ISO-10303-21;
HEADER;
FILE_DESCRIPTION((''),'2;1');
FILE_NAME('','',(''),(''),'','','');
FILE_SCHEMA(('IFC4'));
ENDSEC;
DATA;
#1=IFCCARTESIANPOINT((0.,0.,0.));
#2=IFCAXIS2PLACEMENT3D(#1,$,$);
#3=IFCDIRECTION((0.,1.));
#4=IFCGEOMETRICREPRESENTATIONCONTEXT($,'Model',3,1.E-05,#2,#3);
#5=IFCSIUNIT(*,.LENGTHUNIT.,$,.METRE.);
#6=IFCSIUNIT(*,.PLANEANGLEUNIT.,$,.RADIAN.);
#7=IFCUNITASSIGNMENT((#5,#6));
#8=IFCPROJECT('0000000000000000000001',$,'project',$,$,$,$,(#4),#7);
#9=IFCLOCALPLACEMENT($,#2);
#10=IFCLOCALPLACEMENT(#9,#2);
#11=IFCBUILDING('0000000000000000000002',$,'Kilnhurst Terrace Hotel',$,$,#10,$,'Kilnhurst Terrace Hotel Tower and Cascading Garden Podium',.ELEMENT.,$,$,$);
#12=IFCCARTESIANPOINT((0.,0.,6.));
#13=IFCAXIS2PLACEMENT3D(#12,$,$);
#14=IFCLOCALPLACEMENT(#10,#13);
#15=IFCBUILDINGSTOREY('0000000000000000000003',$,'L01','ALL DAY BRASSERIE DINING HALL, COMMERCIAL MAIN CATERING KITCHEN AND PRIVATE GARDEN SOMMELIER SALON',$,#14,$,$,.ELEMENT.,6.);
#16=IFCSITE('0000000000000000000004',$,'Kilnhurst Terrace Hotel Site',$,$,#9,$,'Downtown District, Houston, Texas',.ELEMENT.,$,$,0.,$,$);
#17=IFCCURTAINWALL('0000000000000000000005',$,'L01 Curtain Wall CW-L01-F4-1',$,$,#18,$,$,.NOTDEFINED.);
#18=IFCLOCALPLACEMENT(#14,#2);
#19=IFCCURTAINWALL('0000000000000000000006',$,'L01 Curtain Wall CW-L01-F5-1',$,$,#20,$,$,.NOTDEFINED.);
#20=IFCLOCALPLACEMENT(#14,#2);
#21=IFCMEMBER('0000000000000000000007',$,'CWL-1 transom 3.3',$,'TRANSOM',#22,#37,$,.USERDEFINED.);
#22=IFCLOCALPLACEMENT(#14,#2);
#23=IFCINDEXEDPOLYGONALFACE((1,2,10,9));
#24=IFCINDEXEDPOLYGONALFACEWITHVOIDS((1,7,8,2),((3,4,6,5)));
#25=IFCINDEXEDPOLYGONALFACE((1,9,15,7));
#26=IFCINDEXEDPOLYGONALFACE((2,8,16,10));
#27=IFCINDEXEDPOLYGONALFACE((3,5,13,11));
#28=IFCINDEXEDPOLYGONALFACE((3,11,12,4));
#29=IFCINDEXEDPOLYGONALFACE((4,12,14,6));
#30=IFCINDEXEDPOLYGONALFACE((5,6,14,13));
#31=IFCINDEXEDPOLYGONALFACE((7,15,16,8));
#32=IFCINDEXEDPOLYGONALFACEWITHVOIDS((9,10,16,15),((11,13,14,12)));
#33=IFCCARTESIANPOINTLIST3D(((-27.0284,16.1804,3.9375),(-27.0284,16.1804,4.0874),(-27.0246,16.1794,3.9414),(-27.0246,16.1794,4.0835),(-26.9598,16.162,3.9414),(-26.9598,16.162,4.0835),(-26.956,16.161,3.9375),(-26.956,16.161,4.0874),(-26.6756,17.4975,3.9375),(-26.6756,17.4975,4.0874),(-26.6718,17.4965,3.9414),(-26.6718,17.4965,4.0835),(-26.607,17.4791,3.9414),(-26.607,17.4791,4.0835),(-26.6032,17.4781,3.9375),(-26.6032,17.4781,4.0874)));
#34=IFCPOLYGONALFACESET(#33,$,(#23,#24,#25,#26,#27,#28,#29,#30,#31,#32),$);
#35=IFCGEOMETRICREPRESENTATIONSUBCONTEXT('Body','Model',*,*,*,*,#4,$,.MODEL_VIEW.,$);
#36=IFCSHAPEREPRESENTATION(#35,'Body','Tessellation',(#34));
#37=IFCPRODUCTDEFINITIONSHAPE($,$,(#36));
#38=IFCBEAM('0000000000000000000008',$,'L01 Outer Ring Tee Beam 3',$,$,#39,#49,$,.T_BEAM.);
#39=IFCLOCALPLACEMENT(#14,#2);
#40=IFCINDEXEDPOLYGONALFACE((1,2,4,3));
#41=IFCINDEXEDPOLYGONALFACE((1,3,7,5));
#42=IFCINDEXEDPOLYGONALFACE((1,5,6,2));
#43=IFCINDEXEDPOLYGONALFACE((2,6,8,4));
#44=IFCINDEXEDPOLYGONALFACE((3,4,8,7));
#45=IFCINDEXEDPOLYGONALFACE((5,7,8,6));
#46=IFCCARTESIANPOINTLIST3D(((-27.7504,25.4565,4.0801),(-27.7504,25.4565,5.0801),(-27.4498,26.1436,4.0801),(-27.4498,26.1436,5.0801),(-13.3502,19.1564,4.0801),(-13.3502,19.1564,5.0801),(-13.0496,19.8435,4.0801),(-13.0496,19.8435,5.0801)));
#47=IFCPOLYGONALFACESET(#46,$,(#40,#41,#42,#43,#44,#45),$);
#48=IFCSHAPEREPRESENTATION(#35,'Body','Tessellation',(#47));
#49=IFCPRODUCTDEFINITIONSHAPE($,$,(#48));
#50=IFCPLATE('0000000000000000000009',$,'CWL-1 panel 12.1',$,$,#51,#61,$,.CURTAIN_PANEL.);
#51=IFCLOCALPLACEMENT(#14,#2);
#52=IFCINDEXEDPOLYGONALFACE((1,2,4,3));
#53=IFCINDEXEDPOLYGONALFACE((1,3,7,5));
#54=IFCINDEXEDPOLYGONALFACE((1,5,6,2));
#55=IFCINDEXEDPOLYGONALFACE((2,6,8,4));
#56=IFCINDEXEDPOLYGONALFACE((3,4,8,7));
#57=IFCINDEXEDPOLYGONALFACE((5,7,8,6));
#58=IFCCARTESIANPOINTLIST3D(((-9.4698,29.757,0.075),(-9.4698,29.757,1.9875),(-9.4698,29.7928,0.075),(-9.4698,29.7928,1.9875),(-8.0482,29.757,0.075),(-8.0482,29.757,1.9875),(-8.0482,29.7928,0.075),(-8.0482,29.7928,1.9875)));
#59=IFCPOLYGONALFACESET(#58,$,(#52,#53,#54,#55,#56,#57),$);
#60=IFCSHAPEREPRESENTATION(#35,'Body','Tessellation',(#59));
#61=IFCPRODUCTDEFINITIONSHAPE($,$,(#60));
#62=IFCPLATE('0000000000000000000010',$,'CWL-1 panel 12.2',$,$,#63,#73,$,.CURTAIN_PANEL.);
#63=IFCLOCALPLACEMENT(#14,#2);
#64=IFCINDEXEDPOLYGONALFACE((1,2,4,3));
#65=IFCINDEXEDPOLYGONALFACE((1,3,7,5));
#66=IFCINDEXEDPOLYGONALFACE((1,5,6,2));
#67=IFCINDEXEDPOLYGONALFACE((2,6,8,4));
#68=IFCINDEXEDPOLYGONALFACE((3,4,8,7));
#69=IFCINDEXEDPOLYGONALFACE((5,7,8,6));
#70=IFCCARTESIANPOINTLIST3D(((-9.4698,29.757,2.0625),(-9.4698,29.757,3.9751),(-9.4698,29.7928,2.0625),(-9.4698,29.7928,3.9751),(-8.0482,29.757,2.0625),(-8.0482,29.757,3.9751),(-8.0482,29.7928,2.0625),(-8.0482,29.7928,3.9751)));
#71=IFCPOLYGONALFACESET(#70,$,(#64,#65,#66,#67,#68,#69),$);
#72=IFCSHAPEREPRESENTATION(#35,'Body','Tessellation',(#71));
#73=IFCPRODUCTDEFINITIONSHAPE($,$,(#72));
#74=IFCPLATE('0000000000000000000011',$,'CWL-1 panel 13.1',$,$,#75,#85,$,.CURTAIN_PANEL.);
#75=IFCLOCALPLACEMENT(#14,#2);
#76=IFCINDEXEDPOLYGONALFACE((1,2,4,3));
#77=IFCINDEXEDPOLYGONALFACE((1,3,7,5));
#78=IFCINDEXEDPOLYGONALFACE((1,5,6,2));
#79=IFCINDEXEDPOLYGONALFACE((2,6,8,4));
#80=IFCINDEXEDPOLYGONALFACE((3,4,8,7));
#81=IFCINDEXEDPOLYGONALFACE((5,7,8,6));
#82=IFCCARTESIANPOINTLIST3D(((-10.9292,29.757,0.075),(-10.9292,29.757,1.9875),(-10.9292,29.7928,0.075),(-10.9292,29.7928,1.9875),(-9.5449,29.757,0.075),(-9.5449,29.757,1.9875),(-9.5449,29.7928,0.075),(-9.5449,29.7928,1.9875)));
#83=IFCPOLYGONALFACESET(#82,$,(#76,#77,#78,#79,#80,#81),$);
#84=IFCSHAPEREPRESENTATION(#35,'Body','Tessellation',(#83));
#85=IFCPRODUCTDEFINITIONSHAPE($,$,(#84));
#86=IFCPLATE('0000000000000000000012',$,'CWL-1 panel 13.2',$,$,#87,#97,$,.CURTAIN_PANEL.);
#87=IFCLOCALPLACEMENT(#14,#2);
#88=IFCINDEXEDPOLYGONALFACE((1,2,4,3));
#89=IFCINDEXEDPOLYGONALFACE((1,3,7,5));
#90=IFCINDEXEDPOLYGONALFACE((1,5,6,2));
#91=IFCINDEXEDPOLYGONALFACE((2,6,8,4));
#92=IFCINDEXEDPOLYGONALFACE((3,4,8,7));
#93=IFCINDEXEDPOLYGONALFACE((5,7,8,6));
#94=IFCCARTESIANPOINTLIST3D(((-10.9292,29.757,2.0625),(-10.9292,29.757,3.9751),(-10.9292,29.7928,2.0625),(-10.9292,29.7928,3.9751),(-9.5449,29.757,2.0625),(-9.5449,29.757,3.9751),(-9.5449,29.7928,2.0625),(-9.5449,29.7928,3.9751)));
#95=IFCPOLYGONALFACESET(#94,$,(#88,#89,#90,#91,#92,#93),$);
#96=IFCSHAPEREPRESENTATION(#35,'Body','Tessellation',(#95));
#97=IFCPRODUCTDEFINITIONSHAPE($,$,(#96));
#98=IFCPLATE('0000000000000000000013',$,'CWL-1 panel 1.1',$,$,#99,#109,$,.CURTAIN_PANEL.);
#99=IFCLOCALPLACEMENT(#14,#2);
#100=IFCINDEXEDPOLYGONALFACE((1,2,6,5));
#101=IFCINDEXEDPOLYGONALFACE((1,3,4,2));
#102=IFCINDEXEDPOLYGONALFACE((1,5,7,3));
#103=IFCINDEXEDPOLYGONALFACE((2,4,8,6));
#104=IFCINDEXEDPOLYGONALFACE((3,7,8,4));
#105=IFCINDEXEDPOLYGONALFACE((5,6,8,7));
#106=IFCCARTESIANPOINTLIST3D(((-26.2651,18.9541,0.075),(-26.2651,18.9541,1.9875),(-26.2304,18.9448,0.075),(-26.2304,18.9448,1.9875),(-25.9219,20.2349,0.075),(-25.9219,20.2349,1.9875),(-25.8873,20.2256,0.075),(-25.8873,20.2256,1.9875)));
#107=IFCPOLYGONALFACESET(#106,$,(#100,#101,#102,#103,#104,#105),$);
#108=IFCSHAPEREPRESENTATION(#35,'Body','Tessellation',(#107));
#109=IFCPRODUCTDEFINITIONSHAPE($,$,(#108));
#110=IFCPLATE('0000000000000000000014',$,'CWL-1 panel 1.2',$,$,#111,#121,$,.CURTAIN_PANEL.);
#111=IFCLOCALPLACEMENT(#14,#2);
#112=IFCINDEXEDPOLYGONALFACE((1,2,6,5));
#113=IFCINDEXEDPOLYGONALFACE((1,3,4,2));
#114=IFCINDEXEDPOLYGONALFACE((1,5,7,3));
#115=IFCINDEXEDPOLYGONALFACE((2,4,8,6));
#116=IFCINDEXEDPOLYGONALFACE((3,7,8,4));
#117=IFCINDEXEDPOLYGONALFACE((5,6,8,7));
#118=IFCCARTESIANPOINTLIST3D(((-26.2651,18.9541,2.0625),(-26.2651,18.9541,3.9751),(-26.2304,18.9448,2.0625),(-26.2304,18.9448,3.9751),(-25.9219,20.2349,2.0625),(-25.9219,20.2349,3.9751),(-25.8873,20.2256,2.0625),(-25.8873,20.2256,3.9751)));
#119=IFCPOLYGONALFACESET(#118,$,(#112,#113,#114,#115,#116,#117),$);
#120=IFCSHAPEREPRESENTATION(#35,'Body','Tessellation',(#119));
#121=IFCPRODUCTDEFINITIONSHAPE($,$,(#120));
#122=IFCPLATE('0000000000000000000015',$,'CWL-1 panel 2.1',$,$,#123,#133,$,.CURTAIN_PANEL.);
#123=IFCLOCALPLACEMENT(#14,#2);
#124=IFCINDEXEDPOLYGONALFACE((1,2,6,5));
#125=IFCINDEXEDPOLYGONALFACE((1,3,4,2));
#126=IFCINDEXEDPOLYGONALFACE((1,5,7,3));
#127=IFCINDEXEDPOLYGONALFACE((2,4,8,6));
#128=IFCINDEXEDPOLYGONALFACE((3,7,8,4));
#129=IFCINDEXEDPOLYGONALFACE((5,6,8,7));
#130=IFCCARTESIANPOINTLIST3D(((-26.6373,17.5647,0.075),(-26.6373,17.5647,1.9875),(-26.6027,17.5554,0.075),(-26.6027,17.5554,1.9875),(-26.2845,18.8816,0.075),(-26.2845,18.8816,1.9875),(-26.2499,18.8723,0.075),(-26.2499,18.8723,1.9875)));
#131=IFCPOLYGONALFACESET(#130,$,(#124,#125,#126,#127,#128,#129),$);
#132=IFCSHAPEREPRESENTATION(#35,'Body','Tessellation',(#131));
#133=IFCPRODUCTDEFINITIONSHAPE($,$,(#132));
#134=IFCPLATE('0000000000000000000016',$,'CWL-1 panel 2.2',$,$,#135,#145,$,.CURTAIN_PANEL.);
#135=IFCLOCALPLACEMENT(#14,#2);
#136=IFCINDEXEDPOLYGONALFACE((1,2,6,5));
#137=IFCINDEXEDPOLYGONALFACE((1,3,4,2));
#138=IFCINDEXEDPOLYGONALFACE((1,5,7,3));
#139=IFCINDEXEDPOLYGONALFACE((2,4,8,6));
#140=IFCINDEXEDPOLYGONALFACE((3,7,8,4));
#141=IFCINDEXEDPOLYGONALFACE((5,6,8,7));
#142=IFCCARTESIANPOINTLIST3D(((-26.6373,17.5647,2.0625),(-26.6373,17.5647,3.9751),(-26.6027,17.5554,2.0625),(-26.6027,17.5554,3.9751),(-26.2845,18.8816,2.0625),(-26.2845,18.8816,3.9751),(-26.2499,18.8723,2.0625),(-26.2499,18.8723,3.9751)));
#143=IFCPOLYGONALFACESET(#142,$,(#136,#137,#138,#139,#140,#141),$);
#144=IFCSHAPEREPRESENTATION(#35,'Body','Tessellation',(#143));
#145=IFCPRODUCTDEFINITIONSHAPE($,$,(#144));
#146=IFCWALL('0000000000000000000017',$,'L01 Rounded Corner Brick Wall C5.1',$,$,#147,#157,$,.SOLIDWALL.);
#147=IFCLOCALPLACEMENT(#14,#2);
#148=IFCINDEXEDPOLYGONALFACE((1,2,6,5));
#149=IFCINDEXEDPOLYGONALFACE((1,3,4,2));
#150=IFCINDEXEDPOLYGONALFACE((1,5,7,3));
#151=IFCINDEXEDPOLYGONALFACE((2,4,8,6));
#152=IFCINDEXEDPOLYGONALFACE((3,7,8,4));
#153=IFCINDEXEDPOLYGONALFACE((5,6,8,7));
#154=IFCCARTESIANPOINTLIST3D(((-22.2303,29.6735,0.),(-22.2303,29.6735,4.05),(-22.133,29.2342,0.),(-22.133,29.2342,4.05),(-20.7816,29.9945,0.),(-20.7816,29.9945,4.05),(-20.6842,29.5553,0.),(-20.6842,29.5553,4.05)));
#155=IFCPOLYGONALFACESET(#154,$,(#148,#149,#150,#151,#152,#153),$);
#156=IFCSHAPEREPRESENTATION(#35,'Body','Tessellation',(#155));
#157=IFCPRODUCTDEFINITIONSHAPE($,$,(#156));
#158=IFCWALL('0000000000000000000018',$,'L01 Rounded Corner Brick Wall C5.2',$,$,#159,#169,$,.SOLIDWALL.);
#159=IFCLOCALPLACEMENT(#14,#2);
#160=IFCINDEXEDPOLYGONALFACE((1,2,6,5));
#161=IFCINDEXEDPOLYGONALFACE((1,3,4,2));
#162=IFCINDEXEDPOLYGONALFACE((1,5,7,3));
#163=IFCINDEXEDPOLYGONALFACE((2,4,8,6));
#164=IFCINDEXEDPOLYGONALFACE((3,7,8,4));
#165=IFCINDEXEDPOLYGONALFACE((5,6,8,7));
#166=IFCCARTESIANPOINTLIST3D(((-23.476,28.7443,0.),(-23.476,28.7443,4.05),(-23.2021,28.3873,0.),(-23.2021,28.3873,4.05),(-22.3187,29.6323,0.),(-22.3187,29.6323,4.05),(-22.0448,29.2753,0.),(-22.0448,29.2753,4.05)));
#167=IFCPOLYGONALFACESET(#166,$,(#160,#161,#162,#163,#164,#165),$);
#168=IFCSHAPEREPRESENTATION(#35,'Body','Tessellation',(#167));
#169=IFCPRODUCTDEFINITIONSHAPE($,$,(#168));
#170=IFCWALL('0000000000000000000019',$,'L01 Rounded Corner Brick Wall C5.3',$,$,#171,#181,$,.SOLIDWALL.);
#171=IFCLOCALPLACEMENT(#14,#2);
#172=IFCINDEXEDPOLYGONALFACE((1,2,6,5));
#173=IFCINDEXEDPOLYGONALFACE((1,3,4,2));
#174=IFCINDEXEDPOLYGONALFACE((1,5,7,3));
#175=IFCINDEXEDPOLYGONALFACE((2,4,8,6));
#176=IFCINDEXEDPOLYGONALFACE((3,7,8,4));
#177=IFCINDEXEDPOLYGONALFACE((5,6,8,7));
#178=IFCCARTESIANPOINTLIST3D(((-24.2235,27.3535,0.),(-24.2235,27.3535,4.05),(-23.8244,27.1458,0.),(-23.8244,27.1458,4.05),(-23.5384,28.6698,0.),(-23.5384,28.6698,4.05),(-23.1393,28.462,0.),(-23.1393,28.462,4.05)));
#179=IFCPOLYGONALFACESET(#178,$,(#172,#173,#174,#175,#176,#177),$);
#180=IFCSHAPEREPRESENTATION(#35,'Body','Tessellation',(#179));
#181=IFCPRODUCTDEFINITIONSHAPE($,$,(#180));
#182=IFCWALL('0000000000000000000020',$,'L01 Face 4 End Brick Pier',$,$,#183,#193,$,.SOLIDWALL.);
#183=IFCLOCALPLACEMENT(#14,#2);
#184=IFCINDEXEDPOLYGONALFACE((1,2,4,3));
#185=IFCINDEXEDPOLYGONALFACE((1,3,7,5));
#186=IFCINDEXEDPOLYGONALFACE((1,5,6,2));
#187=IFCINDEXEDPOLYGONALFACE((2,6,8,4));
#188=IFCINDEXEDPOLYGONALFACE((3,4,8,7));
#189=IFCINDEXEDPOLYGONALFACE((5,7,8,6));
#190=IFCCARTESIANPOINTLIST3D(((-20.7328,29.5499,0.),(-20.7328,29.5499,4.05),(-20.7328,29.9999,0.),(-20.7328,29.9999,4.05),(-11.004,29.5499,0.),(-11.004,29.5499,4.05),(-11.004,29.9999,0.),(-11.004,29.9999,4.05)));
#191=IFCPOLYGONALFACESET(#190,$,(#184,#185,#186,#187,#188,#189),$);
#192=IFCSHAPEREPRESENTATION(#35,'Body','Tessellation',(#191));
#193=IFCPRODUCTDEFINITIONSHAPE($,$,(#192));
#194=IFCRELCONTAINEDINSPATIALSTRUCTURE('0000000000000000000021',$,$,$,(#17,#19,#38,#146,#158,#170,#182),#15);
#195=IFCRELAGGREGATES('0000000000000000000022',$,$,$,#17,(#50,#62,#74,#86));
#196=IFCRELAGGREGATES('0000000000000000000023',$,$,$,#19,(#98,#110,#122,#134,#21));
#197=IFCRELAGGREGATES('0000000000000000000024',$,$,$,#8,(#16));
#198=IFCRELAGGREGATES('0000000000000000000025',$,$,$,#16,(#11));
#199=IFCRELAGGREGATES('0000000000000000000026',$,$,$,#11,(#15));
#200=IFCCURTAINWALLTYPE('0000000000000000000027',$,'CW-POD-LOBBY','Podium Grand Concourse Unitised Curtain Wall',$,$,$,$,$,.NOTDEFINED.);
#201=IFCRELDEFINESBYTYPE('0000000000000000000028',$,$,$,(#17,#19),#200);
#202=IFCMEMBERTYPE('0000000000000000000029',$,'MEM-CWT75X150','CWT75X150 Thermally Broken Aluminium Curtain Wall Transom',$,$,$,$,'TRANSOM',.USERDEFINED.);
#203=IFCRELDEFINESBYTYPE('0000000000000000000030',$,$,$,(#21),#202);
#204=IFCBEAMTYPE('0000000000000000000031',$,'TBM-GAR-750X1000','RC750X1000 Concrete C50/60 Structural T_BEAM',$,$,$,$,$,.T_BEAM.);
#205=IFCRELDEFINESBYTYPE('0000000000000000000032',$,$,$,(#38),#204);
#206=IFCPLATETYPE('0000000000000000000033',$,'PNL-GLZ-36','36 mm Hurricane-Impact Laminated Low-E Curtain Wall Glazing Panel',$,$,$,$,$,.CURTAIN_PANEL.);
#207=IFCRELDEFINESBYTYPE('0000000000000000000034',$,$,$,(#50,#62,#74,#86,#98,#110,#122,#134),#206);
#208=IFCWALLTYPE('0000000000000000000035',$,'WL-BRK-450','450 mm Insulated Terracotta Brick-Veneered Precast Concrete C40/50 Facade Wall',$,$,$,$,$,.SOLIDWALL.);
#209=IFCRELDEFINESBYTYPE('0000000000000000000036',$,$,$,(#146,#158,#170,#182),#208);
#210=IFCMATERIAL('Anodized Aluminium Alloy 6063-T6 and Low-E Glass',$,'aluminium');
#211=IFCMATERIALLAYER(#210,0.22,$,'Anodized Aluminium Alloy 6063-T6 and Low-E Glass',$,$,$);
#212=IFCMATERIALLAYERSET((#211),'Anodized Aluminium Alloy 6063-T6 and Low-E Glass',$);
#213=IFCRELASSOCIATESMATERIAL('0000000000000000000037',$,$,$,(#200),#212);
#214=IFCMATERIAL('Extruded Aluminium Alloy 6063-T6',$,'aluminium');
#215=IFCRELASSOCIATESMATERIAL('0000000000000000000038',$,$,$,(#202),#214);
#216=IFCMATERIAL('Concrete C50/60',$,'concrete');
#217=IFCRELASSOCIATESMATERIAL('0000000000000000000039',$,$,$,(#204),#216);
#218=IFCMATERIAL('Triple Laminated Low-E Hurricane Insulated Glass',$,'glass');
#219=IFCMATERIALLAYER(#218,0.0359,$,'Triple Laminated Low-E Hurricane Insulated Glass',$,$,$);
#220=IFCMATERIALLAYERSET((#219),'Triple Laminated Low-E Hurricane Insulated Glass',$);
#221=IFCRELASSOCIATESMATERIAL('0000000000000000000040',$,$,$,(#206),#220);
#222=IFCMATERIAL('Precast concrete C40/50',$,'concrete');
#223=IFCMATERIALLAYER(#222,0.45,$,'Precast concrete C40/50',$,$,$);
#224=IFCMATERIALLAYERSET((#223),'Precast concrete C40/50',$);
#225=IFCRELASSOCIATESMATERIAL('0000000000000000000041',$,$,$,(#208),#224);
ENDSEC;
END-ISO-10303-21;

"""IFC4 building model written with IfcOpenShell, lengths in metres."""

from ifc_helpers import new_model, si_unit, direction, frame, frame_2d, origin, origin_2d, place, context, subcontext, project, spatial, rectangle, hollow_rectangle, extrude, material, layer, layer_set, material_profile, profile_set, type_object, element, aggregate, save


model = new_model("IFC4")

# Units and contexts
model_context = context("Model", 3, precision=1e-05, world=origin(), true_north=direction((0.0, 1.0)))
body_context = subcontext(model_context, "Body", "Model", "MODEL_VIEW")
ifc_project = project(units=[si_unit("LENGTHUNIT", "METRE"), si_unit("PLANEANGLEUNIT", "RADIAN")], contexts=[model_context])

# Site, building, storey
site_placement = place(None, origin())
site = spatial("IfcSite", under=ifc_project, at=site_placement, Name="Kilnhurst Terrace Hotel Site", LongName="Downtown District, Houston, Texas", CompositionType="ELEMENT", RefElevation=0.0)
building_placement = place(site_placement, origin())
building = spatial("IfcBuilding", under=site, at=building_placement, Name="Kilnhurst Terrace Hotel", LongName="Kilnhurst Terrace Hotel Tower and Cascading Garden Podium", CompositionType="ELEMENT")
storey_placement = place(building_placement, frame((0.0, 0.0, 6.0)))
storey = spatial("IfcBuildingStorey", under=building, at=storey_placement, Name="L01", Description="ALL DAY BRASSERIE DINING HALL, COMMERCIAL MAIN CATERING KITCHEN AND PRIVATE GARDEN SOMMELIER SALON", CompositionType="ELEMENT", Elevation=6.0)

# Shared definitions
ifc_material_1 = material(Name="Concrete C50/60", Category="concrete")

# Curtain walls
ifc_material_2 = material(Name="Anodized Aluminium Alloy 6063-T6 and Low-E Glass", Category="aluminium")
ifc_layer_1 = layer(ifc_material_2, 0.22, Name="Anodized Aluminium Alloy 6063-T6 and Low-E Glass")
ifc_layer_set_1 = layer_set([ifc_layer_1], Name="Anodized Aluminium Alloy 6063-T6 and Low-E Glass")
curtain_wall_type = type_object("IfcCurtainWallType", Name="CW-POD-LOBBY", Description="Podium Grand Concourse Unitised Curtain Wall", PredefinedType="NOTDEFINED", material=ifc_layer_set_1)
curtain_wall_1_placement = place(storey_placement, origin())
curtain_wall_1 = element("IfcCurtainWall", 1, at=curtain_wall_1_placement, inside=storey, type_object=curtain_wall_type, Name="L01 Curtain Wall CW-L01-F4-1", PredefinedType="NOTDEFINED")
ifc_material_3 = material(Name="Extruded Aluminium Alloy 6063-T6", Category="aluminium")
curtain_wall_2_placement = place(storey_placement, origin())
curtain_wall_2 = element("IfcCurtainWall", 2, at=curtain_wall_2_placement, inside=storey, type_object=curtain_wall_type, Name="L01 Curtain Wall CW-L01-F5-1", PredefinedType="NOTDEFINED")

# Member
ifc_material_profile_1 = material_profile(ifc_material_3, hollow_rectangle(XDim=0.075, YDim=0.1499, WallThickness=0.0039, at=origin_2d()), Name="CWT75X150")
ifc_profile_set_1 = profile_set([ifc_material_profile_1], Name="Extruded Aluminium Alloy 6063-T6")
member_type_1 = type_object("IfcMemberType", Name="MEM-CWT75X150", Description="CWT75X150 Thermally Broken Aluminium Curtain Wall Transom", ElementType="TRANSOM", PredefinedType="USERDEFINED", material=ifc_profile_set_1)
member_1_placement = place(storey_placement, frame((-26.6394, 17.4878, 4.0125), z_axis=(-0.258721, -0.965952, 0.0), x_axis=(0.965952, -0.258721, 0.0)))
member_1 = element("IfcMember", 3, at=member_1_placement, type_object=member_type_1, Name="CWL-1 transom 3.3", ObjectType="TRANSOM", PredefinedType="USERDEFINED", context=body_context, shape_type="SweptSolid", body=[
    extrude(hollow_rectangle(XDim=0.075, YDim=0.1499, WallThickness=0.0039, at=origin_2d()), origin(), (0.0, 0.0, 1.0), 1.3635),
])

# Beam
ifc_material_profile_2 = material_profile(ifc_material_1, rectangle(XDim=0.75, YDim=1.0, at=origin_2d()), Name="RC750X1000")
ifc_profile_set_2 = profile_set([ifc_material_profile_2], Name="Concrete C50/60")
beam_type_1 = type_object("IfcBeamType", Name="TBM-GAR-750X1000", Description="RC750X1000 Concrete C50/60 Structural T_BEAM", PredefinedType="T_BEAM", material=ifc_profile_set_2)
beam_1_placement = place(storey_placement, frame((-27.6001, 25.8, 4.5801), z_axis=(0.916158, -0.400818, 0.0), x_axis=(0.400818, 0.916158, 0.0)))
element("IfcBeam", 4, at=beam_1_placement, inside=storey, type_object=beam_type_1, Name="L01 Outer Ring Tee Beam 3", PredefinedType="T_BEAM", context=body_context, shape_type="SweptSolid", body=[
    extrude(rectangle(XDim=0.75, YDim=1.0, at=origin_2d()), origin(), (0.0, 0.0, 1.0), 15.718),
])

# Plates
ifc_material_4 = material(Name="Triple Laminated Low-E Hurricane Insulated Glass", Category="glass")
ifc_layer_2 = layer(ifc_material_4, 0.0359, Name="Triple Laminated Low-E Hurricane Insulated Glass")
ifc_layer_set_2 = layer_set([ifc_layer_2], Name="Triple Laminated Low-E Hurricane Insulated Glass")
plate_type = type_object("IfcPlateType", Name="PNL-GLZ-36", Description="36 mm Hurricane-Impact Laminated Low-E Curtain Wall Glazing Panel", PredefinedType="CURTAIN_PANEL", material=ifc_layer_set_2)
plate_1_placement = place(storey_placement, frame((-8.759, 29.7749, 0.075), z_axis=(0.0, 0.0, 1.0), x_axis=(-1.0, 0.0, 0.0)))
plate_1 = element("IfcPlate", 5, at=plate_1_placement, type_object=plate_type, Name="CWL-1 panel 12.1", PredefinedType="CURTAIN_PANEL", context=body_context, shape_type="SweptSolid", body=[
    extrude(rectangle(XDim=1.4216, YDim=0.0359, at=origin_2d()), origin(), (0.0, 0.0, 1.0), 1.9126),
])
plate_2_placement = place(storey_placement, frame((-8.759, 29.7749, 2.0625), z_axis=(0.0, 0.0, 1.0), x_axis=(-1.0, 0.0, 0.0)))
plate_2 = element("IfcPlate", 6, at=plate_2_placement, type_object=plate_type, Name="CWL-1 panel 12.2", PredefinedType="CURTAIN_PANEL", context=body_context, shape_type="SweptSolid", body=[
    extrude(rectangle(XDim=1.4216, YDim=0.0359, at=origin_2d()), origin(), (0.0, 0.0, 1.0), 1.9126),
])
plate_3_placement = place(storey_placement, frame((-10.2371, 29.7749, 0.075), z_axis=(0.0, 0.0, 1.0), x_axis=(-1.0, 0.0, 0.0)))
plate_3 = element("IfcPlate", 7, at=plate_3_placement, type_object=plate_type, Name="CWL-1 panel 13.1", PredefinedType="CURTAIN_PANEL", context=body_context, shape_type="SweptSolid", body=[
    extrude(rectangle(XDim=1.3843, YDim=0.0359, at=origin_2d()), origin(), (0.0, 0.0, 1.0), 1.9126),
])
plate_4_placement = place(storey_placement, frame((-10.2371, 29.7749, 2.0625), z_axis=(0.0, 0.0, 1.0), x_axis=(-1.0, 0.0, 0.0)))
plate_4 = element("IfcPlate", 8, at=plate_4_placement, type_object=plate_type, Name="CWL-1 panel 13.2", PredefinedType="CURTAIN_PANEL", context=body_context, shape_type="SweptSolid", body=[
    extrude(rectangle(XDim=1.3843, YDim=0.0359, at=origin_2d()), origin(), (0.0, 0.0, 1.0), 1.9126),
])
aggregate(curtain_wall_1, [plate_1, plate_2, plate_3, plate_4])
plate_5_placement = place(storey_placement, frame((-26.0762, 19.5898, 0.075), z_axis=(0.0, 0.0, 1.0), x_axis=(-0.258802, -0.96593, 0.0)))
plate_5 = element("IfcPlate", 9, at=plate_5_placement, type_object=plate_type, Name="CWL-1 panel 1.1", PredefinedType="CURTAIN_PANEL", context=body_context, shape_type="SweptSolid", body=[
    extrude(rectangle(XDim=1.3259, YDim=0.0359, at=origin_2d()), origin(), (0.0, 0.0, 1.0), 1.9126),
])
plate_6_placement = place(storey_placement, frame((-26.0762, 19.5898, 2.0625), z_axis=(0.0, 0.0, 1.0), x_axis=(-0.258802, -0.96593, 0.0)))
plate_6 = element("IfcPlate", 10, at=plate_6_placement, type_object=plate_type, Name="CWL-1 panel 1.2", PredefinedType="CURTAIN_PANEL", context=body_context, shape_type="SweptSolid", body=[
    extrude(rectangle(XDim=1.3259, YDim=0.0359, at=origin_2d()), origin(), (0.0, 0.0, 1.0), 1.9126),
])
plate_7_placement = place(storey_placement, frame((-26.4436, 18.2185, 0.075), z_axis=(0.0, 0.0, 1.0), x_axis=(-0.258802, -0.96593, 0.0)))
plate_7 = element("IfcPlate", 11, at=plate_7_placement, type_object=plate_type, Name="CWL-1 panel 2.1", PredefinedType="CURTAIN_PANEL", context=body_context, shape_type="SweptSolid", body=[
    extrude(rectangle(XDim=1.3633, YDim=0.0359, at=origin_2d()), origin(), (0.0, 0.0, 1.0), 1.9126),
])
plate_8_placement = place(storey_placement, frame((-26.4436, 18.2185, 2.0625), z_axis=(0.0, 0.0, 1.0), x_axis=(-0.258802, -0.96593, 0.0)))
plate_8 = element("IfcPlate", 12, at=plate_8_placement, type_object=plate_type, Name="CWL-1 panel 2.2", PredefinedType="CURTAIN_PANEL", context=body_context, shape_type="SweptSolid", body=[
    extrude(rectangle(XDim=1.3633, YDim=0.0359, at=origin_2d()), origin(), (0.0, 0.0, 1.0), 1.9126),
])
aggregate(curtain_wall_2, [plate_5, plate_6, plate_7, plate_8, member_1])

# Walls
ifc_material_5 = material(Name="Precast concrete C40/50", Category="concrete")
ifc_layer_3 = layer(ifc_material_5, 0.45, Name="Precast concrete C40/50")
ifc_layer_set_3 = layer_set([ifc_layer_3], Name="Precast concrete C40/50")
wall_type = type_object("IfcWallType", Name="WL-BRK-450", Description="450 mm Insulated Terracotta Brick-Veneered Precast Concrete C40/50 Facade Wall", PredefinedType="SOLIDWALL", material=ifc_layer_set_3)
wall_1_placement = place(storey_placement, frame((-20.7329, 29.7749, 0.0), z_axis=(0.0, 0.0, 1.0), x_axis=(-0.976315, -0.216356, 0.0)))
element("IfcWall", 13, at=wall_1_placement, inside=storey, type_object=wall_type, Name="L01 Rounded Corner Brick Wall C5.1", PredefinedType="SOLIDWALL", context=body_context, shape_type="SweptSolid", body=[
    extrude(rectangle(XDim=1.4839, YDim=0.45, at=frame_2d((0.7419, 0.0))), origin(), (0.0, 0.0, 1.0), 4.05),
])
wall_2_placement = place(storey_placement, frame((-22.1816, 29.4539, 0.0), z_axis=(0.0, 0.0, 1.0), x_axis=(-0.793364, -0.608748, 0.0)))
element("IfcWall", 14, at=wall_2_placement, inside=storey, type_object=wall_type, Name="L01 Rounded Corner Brick Wall C5.2", PredefinedType="SOLIDWALL", context=body_context, shape_type="SweptSolid", body=[
    extrude(rectangle(XDim=1.4587, YDim=0.45, at=frame_2d((0.7295, 0.0))), origin(), (0.0, 0.0, 1.0), 4.05),
])
wall_3_placement = place(storey_placement, frame((-23.3389, 28.5659, 0.0), z_axis=(0.0, 0.0, 1.0), x_axis=(-0.4617, -0.887036, 0.0)))
element("IfcWall", 15, at=wall_3_placement, inside=storey, type_object=wall_type, Name="L01 Rounded Corner Brick Wall C5.3", PredefinedType="SOLIDWALL", context=body_context, shape_type="SweptSolid", body=[
    extrude(rectangle(XDim=1.4839, YDim=0.45, at=frame_2d((0.7419, 0.0))), origin(), (0.0, 0.0, 1.0), 4.05),
])
wall_4_placement = place(storey_placement, frame((-11.0042, 29.7749, 0.0), z_axis=(0.0, 0.0, 1.0), x_axis=(-1.0, 0.0, 0.0)))
element("IfcWall", 16, at=wall_4_placement, inside=storey, type_object=wall_type, Name="L01 Face 4 End Brick Pier", PredefinedType="SOLIDWALL", context=body_context, shape_type="SweptSolid", body=[
    extrude(rectangle(XDim=9.7288, YDim=0.45, at=frame_2d((4.8643, 0.0))), origin(), (0.0, 0.0, 1.0), 4.05),
])

save(model, "model.ifc")
